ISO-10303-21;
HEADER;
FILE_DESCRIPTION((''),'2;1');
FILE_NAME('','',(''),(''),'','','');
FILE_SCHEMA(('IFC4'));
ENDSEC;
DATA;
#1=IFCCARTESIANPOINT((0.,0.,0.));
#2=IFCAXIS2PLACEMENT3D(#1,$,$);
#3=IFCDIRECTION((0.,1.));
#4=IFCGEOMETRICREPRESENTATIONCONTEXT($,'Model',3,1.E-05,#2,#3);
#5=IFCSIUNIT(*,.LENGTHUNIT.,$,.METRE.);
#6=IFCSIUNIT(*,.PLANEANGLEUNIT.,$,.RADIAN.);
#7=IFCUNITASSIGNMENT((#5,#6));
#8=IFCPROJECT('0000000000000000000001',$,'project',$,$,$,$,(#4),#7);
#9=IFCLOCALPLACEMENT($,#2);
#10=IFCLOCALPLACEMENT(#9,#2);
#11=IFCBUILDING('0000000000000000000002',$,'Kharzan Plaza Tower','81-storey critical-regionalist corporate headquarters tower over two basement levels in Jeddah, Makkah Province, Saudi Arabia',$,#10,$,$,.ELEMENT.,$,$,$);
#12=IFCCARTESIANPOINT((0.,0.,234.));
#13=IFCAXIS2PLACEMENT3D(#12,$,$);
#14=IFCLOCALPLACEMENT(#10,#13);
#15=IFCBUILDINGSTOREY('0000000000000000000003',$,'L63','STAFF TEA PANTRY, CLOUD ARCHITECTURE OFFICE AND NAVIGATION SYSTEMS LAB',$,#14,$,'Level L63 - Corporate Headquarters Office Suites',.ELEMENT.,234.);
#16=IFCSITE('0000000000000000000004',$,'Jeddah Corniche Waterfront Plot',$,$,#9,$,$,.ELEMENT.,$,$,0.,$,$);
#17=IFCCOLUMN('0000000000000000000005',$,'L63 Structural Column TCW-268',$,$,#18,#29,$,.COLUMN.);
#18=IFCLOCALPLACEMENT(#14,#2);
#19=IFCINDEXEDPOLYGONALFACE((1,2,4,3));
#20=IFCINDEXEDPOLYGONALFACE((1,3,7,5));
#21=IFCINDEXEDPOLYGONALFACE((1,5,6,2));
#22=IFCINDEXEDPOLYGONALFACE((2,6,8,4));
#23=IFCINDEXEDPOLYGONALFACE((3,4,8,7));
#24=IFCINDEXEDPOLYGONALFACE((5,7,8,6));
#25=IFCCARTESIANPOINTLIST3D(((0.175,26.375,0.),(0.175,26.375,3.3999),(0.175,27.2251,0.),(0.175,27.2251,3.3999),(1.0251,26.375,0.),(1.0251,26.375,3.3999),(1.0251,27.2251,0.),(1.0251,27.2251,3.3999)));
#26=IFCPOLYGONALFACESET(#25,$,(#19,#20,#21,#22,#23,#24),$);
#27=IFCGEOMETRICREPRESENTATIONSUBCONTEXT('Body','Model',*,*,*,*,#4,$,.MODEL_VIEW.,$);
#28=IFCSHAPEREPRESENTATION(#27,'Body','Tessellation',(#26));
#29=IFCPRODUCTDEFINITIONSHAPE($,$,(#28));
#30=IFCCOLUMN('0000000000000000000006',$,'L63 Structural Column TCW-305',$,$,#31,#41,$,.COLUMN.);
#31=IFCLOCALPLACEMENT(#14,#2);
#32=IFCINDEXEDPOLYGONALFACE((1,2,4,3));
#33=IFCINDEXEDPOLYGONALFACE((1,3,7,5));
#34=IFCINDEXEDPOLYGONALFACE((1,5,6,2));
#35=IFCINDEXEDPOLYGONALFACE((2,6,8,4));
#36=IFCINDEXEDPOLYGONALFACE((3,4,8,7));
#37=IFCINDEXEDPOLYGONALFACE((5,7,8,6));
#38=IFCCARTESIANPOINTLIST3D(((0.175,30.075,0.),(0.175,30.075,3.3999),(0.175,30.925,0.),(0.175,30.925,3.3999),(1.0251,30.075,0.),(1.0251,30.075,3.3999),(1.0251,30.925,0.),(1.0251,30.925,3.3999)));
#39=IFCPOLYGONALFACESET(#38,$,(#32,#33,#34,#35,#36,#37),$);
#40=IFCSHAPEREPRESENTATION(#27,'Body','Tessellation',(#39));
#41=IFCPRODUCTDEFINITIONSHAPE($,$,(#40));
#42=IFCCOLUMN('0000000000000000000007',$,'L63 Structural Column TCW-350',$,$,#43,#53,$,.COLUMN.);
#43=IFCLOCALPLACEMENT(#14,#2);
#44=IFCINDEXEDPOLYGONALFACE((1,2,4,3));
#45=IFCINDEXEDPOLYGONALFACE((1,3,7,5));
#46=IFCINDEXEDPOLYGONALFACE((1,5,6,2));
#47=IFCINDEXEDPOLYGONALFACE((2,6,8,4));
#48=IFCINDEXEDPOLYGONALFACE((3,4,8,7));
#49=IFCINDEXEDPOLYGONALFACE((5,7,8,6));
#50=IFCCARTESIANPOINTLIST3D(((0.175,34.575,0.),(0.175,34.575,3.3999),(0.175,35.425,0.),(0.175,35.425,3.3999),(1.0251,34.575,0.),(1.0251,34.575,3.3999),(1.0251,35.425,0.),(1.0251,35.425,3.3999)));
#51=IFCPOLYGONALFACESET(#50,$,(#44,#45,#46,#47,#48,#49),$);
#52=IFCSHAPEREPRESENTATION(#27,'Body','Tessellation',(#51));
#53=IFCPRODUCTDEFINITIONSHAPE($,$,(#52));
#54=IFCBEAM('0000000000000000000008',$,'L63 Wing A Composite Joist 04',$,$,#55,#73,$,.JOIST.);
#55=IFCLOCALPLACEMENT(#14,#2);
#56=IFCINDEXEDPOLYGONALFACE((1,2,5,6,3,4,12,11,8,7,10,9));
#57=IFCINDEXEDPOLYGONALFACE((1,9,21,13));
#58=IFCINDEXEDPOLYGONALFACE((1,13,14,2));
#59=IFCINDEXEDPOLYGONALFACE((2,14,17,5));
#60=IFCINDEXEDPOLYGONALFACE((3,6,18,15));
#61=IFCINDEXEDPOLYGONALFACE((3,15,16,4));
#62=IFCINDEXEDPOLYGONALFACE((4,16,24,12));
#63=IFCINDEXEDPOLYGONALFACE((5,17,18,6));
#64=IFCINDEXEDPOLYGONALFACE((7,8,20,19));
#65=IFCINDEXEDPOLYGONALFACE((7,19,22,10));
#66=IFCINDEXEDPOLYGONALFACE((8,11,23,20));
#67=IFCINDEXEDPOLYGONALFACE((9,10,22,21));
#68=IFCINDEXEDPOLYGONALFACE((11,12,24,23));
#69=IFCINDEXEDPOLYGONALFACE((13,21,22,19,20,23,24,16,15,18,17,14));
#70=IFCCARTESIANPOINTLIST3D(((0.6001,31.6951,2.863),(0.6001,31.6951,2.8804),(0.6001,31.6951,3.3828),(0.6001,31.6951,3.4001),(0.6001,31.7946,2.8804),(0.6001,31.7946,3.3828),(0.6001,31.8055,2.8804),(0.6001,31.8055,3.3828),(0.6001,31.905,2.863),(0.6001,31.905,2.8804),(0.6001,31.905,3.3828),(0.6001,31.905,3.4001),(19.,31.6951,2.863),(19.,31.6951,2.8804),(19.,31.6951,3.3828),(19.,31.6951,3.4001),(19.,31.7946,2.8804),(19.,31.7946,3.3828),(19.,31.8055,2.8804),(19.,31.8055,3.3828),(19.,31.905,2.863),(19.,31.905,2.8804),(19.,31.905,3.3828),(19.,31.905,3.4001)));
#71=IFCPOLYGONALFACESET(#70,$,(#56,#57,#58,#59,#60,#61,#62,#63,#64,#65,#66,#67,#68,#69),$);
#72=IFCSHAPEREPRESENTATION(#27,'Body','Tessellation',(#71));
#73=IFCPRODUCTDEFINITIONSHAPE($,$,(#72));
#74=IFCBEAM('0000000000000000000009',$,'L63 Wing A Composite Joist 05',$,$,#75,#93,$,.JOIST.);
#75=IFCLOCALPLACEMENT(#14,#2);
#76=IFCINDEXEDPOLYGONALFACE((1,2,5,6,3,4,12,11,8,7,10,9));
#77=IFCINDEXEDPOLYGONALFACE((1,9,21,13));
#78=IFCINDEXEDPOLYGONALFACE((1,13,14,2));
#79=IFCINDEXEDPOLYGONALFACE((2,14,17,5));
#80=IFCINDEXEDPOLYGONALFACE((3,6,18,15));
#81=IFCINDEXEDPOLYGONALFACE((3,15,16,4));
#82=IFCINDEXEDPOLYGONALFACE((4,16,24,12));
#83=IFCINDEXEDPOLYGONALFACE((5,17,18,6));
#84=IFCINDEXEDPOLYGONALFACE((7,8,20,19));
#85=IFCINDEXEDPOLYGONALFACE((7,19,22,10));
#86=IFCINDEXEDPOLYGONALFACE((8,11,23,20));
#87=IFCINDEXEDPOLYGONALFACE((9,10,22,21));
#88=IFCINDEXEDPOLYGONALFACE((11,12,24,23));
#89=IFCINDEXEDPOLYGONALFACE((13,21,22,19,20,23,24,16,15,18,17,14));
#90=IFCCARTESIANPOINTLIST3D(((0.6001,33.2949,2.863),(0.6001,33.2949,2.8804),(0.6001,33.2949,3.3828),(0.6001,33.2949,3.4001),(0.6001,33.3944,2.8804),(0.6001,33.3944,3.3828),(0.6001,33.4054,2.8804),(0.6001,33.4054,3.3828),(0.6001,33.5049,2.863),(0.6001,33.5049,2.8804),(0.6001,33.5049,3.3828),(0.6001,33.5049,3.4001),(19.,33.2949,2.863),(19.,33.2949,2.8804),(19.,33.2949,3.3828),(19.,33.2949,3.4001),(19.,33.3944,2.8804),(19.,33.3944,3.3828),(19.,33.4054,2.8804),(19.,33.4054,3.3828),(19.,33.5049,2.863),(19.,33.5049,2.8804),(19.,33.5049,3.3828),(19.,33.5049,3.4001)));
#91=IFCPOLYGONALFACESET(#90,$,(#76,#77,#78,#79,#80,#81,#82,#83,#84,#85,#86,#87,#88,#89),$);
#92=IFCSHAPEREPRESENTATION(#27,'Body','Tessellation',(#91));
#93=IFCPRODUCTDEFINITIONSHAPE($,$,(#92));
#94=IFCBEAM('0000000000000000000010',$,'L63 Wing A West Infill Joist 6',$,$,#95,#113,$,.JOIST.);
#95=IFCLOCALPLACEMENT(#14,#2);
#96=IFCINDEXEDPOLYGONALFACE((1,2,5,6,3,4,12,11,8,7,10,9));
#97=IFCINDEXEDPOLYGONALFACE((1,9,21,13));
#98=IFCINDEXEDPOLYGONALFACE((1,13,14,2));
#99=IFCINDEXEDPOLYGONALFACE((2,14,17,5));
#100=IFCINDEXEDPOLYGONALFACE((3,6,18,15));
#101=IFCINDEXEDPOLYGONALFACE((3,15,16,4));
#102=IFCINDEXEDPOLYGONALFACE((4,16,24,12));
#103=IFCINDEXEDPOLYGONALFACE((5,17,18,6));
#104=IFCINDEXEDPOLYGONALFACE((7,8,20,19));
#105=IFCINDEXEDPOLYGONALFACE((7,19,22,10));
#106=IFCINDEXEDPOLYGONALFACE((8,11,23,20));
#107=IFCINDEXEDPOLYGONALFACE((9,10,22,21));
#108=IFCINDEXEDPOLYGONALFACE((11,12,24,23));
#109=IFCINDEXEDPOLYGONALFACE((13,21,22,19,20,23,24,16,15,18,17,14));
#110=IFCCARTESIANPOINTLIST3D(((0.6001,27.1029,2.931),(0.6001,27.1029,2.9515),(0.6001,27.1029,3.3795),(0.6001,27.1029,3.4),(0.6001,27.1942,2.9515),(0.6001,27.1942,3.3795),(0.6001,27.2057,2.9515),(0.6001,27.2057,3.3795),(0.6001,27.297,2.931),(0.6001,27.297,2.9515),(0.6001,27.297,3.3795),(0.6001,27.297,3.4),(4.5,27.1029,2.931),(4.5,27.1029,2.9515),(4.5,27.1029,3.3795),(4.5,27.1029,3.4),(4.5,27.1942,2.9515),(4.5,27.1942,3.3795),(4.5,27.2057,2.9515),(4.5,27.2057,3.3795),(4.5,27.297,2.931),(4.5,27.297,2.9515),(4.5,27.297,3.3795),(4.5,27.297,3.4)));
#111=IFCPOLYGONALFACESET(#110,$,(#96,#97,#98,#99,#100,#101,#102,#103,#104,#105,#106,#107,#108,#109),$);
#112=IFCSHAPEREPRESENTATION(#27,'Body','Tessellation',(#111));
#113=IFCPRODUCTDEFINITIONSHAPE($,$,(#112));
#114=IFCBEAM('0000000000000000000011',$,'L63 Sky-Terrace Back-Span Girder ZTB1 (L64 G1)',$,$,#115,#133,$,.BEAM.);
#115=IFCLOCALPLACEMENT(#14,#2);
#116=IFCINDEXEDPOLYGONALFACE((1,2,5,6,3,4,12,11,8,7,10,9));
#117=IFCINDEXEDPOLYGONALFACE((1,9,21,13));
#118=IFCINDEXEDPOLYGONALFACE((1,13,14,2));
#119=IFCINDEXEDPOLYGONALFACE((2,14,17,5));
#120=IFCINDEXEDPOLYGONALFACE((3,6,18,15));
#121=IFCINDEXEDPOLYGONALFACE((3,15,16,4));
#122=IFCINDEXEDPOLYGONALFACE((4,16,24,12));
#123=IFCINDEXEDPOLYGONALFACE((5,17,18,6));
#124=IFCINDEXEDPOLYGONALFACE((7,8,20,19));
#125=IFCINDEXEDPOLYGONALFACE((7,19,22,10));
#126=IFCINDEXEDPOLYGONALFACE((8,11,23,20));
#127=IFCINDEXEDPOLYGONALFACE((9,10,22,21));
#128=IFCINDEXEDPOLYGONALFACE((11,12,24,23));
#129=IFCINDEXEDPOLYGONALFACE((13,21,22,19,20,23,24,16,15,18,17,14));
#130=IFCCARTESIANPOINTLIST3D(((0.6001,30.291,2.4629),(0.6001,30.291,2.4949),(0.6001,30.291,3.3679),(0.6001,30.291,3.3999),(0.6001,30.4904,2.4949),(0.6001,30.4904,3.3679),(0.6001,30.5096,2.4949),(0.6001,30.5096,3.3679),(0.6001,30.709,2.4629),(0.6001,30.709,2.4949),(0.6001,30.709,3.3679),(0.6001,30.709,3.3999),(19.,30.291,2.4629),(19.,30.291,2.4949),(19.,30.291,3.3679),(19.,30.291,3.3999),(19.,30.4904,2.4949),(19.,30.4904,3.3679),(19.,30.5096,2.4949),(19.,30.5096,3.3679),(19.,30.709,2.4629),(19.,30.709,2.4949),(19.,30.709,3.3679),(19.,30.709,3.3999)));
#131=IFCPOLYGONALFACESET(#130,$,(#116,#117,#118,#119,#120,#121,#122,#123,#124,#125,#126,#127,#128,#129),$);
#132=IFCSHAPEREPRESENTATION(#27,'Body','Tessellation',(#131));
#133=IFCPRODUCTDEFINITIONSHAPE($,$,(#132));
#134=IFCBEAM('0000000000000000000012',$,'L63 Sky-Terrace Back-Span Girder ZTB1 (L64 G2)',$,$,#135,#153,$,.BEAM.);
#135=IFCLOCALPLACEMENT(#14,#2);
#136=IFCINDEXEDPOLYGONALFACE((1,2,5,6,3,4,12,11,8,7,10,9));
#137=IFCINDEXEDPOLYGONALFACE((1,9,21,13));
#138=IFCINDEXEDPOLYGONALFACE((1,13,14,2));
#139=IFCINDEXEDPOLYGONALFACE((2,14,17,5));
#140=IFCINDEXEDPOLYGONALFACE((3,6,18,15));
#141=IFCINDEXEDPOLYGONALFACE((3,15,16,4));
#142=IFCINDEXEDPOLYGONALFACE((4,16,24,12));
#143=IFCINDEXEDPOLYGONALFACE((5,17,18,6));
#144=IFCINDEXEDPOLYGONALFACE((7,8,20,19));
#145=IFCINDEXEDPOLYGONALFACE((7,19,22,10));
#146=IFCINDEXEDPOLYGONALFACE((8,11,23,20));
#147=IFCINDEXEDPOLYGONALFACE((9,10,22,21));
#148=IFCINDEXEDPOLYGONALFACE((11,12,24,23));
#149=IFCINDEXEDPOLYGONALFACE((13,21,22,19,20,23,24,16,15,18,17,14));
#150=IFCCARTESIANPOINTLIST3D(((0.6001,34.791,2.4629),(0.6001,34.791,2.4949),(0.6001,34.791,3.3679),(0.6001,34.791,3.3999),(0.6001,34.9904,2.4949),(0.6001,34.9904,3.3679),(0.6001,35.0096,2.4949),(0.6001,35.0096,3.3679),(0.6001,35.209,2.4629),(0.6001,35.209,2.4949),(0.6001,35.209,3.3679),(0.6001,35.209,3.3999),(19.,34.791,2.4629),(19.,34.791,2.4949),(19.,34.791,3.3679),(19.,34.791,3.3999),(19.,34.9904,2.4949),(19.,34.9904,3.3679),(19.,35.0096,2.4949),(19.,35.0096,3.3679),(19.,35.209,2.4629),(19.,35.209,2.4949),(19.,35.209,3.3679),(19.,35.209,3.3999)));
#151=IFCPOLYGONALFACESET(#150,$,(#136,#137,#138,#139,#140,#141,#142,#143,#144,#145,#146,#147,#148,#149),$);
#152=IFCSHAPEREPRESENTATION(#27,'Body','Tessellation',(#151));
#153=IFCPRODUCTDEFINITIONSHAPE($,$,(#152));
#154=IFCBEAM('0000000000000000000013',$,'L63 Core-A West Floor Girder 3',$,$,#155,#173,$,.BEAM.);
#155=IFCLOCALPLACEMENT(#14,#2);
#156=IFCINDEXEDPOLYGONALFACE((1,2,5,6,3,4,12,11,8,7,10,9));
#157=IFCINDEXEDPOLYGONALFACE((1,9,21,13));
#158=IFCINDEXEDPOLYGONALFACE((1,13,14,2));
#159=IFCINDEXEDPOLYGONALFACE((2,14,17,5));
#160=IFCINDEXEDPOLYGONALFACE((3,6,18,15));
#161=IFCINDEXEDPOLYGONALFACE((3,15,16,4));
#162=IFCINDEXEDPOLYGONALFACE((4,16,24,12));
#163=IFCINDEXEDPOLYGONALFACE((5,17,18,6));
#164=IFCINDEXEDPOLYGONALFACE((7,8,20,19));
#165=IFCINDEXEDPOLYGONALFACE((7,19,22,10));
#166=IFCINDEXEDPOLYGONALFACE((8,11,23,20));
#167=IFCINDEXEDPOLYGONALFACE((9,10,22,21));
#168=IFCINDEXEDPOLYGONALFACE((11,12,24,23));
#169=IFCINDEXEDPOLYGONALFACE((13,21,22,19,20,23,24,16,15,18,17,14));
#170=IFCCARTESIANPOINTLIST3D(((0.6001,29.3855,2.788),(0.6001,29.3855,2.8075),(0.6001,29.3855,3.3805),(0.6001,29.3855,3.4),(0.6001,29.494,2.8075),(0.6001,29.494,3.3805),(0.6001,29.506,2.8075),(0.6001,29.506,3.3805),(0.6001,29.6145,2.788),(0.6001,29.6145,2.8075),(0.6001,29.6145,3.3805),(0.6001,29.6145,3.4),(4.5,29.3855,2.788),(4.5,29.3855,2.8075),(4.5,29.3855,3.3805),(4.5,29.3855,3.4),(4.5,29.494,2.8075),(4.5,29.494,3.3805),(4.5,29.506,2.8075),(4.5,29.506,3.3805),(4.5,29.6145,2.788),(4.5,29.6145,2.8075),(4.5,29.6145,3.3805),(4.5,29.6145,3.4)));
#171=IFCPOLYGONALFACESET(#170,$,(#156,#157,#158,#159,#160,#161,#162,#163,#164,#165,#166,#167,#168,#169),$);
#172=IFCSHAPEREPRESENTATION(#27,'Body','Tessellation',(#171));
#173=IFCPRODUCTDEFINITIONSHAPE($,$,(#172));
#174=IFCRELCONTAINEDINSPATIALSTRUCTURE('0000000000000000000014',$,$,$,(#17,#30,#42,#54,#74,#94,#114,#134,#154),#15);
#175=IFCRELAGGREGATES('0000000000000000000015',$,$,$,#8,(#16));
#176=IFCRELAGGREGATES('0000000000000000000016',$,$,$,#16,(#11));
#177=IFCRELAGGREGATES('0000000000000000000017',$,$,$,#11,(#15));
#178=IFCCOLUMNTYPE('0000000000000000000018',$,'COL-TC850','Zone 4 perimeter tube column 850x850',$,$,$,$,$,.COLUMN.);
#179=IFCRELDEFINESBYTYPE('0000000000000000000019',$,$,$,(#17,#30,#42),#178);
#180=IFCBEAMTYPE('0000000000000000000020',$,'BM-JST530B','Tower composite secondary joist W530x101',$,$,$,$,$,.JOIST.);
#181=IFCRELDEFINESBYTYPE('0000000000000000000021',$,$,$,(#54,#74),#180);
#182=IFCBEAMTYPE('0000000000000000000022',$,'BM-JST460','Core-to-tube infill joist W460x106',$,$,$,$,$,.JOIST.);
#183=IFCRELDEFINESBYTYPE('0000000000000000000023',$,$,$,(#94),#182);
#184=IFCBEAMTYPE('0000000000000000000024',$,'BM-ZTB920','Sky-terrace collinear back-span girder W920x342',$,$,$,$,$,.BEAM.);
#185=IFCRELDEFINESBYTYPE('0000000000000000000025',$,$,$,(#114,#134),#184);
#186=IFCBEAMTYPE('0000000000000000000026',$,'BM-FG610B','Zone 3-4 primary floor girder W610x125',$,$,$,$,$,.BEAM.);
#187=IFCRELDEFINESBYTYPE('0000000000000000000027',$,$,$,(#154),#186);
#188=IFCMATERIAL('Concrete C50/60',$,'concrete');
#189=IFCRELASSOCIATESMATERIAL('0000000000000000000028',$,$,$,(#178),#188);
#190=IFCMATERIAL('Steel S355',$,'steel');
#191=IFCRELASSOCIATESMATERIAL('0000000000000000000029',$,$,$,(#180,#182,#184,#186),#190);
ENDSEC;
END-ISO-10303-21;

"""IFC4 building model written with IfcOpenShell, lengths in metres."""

from ifc_helpers import new_model, si_unit, direction, frame, origin, origin_2d, place, context, subcontext, project, spatial, rectangle, i_section, extrude, source, transform, mapped, material, material_profile, profile_set, type_object, element, save


model = new_model("IFC4")

# Units and contexts
model_context = context("Model", 3, precision=1e-05, world=origin(), true_north=direction((0.0, 1.0)))
body_context = subcontext(model_context, "Body", "Model", "MODEL_VIEW")
ifc_project = project(units=[si_unit("LENGTHUNIT", "METRE"), si_unit("PLANEANGLEUNIT", "RADIAN")], contexts=[model_context])

# Site, building, storey
site_placement = place(None, origin())
site = spatial("IfcSite", under=ifc_project, at=site_placement, Name="Jeddah Corniche Waterfront Plot", CompositionType="ELEMENT", RefElevation=0.0)
building_placement = place(site_placement, origin())
building = spatial("IfcBuilding", under=site, at=building_placement, Name="Kharzan Plaza Tower", Description="81-storey critical-regionalist corporate headquarters tower over two basement levels in Jeddah, Makkah Province, Saudi Arabia", CompositionType="ELEMENT")
storey_placement = place(building_placement, frame((0.0, 0.0, 234.0)))
storey = spatial("IfcBuildingStorey", under=building, at=storey_placement, Name="L63", Description="STAFF TEA PANTRY, CLOUD ARCHITECTURE OFFICE AND NAVIGATION SYSTEMS LAB", LongName="Level L63 - Corporate Headquarters Office Suites", CompositionType="ELEMENT", Elevation=234.0)

# Columns
ifc_material_1 = material(Name="Concrete C50/60", Category="concrete")
ifc_material_profile_1 = material_profile(ifc_material_1, rectangle(XDim=0.8501, YDim=0.8501, at=origin_2d()), Name="RC-TC850x850")
ifc_profile_set_1 = profile_set([ifc_material_profile_1], Name="Concrete C50/60")
column_type = type_object("IfcColumnType", Name="COL-TC850", Description="Zone 4 perimeter tube column 850x850", PredefinedType="COLUMN", material=ifc_profile_set_1)
shared_shape_1 = source(origin(), body_context, "Body", "SweptSolid", [
    extrude(rectangle(XDim=0.8501, YDim=0.8501, at=origin_2d()), origin(), (0.0, 0.0, 1.0), 3.3999),
])
for number, where, z_axis, x_axis, name in (
    (1, (0.6001, 26.8, 0.0), (0.0, 0.0, 1.0), (1.0, 0.0, 0.0), "L63 Structural Column TCW-268"),
    (2, (0.6001, 30.5, 0.0), (0.0, 0.0, 1.0), (1.0, 0.0, 0.0), "L63 Structural Column TCW-305"),
    (3, (0.6001, 35.0, 0.0), (0.0, 0.0, 1.0), (1.0, 0.0, 0.0), "L63 Structural Column TCW-350"),
):
    element("IfcColumn", number, at=place(storey_placement, frame(where, z_axis=z_axis, x_axis=x_axis)), inside=storey, type_object=column_type, Name=name, PredefinedType="COLUMN", context=body_context, shape_type="MappedRepresentation", body=[
        mapped(shared_shape_1, transform((0.0, 0.0, 0.0), x_axis=(1.0, 0.0, 0.0), y_axis=(0.0, 1.0, 0.0), z_axis=(0.0, 0.0, 1.0))),
    ])

# Beams
ifc_material_2 = material(Name="Steel S355", Category="steel")
ifc_material_profile_2 = material_profile(ifc_material_2, i_section(OverallWidth=0.21, OverallDepth=0.5371, WebThickness=0.011, FlangeThickness=0.0173, at=origin_2d()), Name="W530x101")
ifc_profile_set_2 = profile_set([ifc_material_profile_2], Name="Steel S355")
beam_type_1 = type_object("IfcBeamType", Name="BM-JST530B", Description="Tower composite secondary joist W530x101", PredefinedType="JOIST", material=ifc_profile_set_2)
shared_shape_2 = source(origin(), body_context, "Body", "SweptSolid", [
    extrude(i_section(OverallWidth=0.21, OverallDepth=0.5371, WebThickness=0.011, FlangeThickness=0.0173, at=origin_2d()), origin(), (0.0, 0.0, 1.0), 18.3999),
])
for number, where, z_axis, x_axis, name in (
    (4, (0.6001, 31.8, 3.1316), (1.0, 0.0, 0.0), (0.0, 1.0, 0.0), "L63 Wing A Composite Joist 04"),
    (5, (0.6001, 33.3999, 3.1316), (1.0, 0.0, 0.0), (0.0, 1.0, 0.0), "L63 Wing A Composite Joist 05"),
):
    element("IfcBeam", number, at=place(storey_placement, frame(where, z_axis=z_axis, x_axis=x_axis)), inside=storey, type_object=beam_type_1, Name=name, PredefinedType="JOIST", context=body_context, shape_type="MappedRepresentation", body=[
        mapped(shared_shape_2, transform((0.0, 0.0, 0.0), x_axis=(1.0, 0.0, 0.0), y_axis=(0.0, 1.0, 0.0), z_axis=(0.0, 0.0, 1.0))),
    ])
ifc_material_profile_3 = material_profile(ifc_material_2, i_section(OverallWidth=0.1941, OverallDepth=0.469, WebThickness=0.0115, FlangeThickness=0.0205, at=origin_2d()), Name="W460x106")
ifc_profile_set_3 = profile_set([ifc_material_profile_3], Name="Steel S355")
beam_type_2 = type_object("IfcBeamType", Name="BM-JST460", Description="Core-to-tube infill joist W460x106", PredefinedType="JOIST", material=ifc_profile_set_3)
shared_shape_3 = source(origin(), body_context, "Body", "SweptSolid", [
    extrude(i_section(OverallWidth=0.1941, OverallDepth=0.469, WebThickness=0.0115, FlangeThickness=0.0205, at=origin_2d()), origin(), (0.0, 0.0, 1.0), 3.8999),
])
beam_1_placement = place(storey_placement, frame((0.6001, 27.2, 3.1655), z_axis=(1.0, 0.0, 0.0), x_axis=(0.0, 1.0, 0.0)))
element("IfcBeam", 6, at=beam_1_placement, inside=storey, type_object=beam_type_2, Name="L63 Wing A West Infill Joist 6", PredefinedType="JOIST", context=body_context, shape_type="MappedRepresentation", body=[
    mapped(shared_shape_3, transform((0.0, 0.0, 0.0), x_axis=(1.0, 0.0, 0.0), y_axis=(0.0, 1.0, 0.0), z_axis=(0.0, 0.0, 1.0))),
])
ifc_material_profile_4 = material_profile(ifc_material_2, i_section(OverallWidth=0.418, OverallDepth=0.937, WebThickness=0.0193, FlangeThickness=0.032, at=origin_2d()), Name="W920x342")
ifc_profile_set_4 = profile_set([ifc_material_profile_4], Name="Steel S355")
beam_type_3 = type_object("IfcBeamType", Name="BM-ZTB920", Description="Sky-terrace collinear back-span girder W920x342", PredefinedType="BEAM", material=ifc_profile_set_4)
shared_shape_4 = source(origin(), body_context, "Body", "SweptSolid", [
    extrude(i_section(OverallWidth=0.418, OverallDepth=0.937, WebThickness=0.0193, FlangeThickness=0.032, at=origin_2d()), origin(), (0.0, 0.0, 1.0), 18.3999),
])
for number, where, z_axis, x_axis, name in (
    (7, (0.6001, 30.5, 2.9314), (1.0, 0.0, 0.0), (0.0, 1.0, 0.0), "L63 Sky-Terrace Back-Span Girder ZTB1 (L64 G1)"),
    (8, (0.6001, 35.0, 2.9314), (1.0, 0.0, 0.0), (0.0, 1.0, 0.0), "L63 Sky-Terrace Back-Span Girder ZTB1 (L64 G2)"),
):
    element("IfcBeam", number, at=place(storey_placement, frame(where, z_axis=z_axis, x_axis=x_axis)), inside=storey, type_object=beam_type_3, Name=name, PredefinedType="BEAM", context=body_context, shape_type="MappedRepresentation", body=[
        mapped(shared_shape_4, transform((0.0, 0.0, 0.0), x_axis=(1.0, 0.0, 0.0), y_axis=(0.0, 1.0, 0.0), z_axis=(0.0, 0.0, 1.0))),
    ])
ifc_material_profile_5 = material_profile(ifc_material_2, i_section(OverallWidth=0.229, OverallDepth=0.6121, WebThickness=0.012, FlangeThickness=0.0195, at=origin_2d()), Name="W610x125")
ifc_profile_set_5 = profile_set([ifc_material_profile_5], Name="Steel S355")
beam_type_4 = type_object("IfcBeamType", Name="BM-FG610B", Description="Zone 3-4 primary floor girder W610x125", PredefinedType="BEAM", material=ifc_profile_set_5)
shared_shape_5 = source(origin(), body_context, "Body", "SweptSolid", [
    extrude(i_section(OverallWidth=0.229, OverallDepth=0.6121, WebThickness=0.012, FlangeThickness=0.0195, at=origin_2d()), origin(), (0.0, 0.0, 1.0), 3.8999),
])
beam_2_placement = place(storey_placement, frame((0.6001, 29.5, 3.094), z_axis=(1.0, 0.0, 0.0), x_axis=(0.0, 1.0, 0.0)))
element("IfcBeam", 9, at=beam_2_placement, inside=storey, type_object=beam_type_4, Name="L63 Core-A West Floor Girder 3", PredefinedType="BEAM", context=body_context, shape_type="MappedRepresentation", body=[
    mapped(shared_shape_5, transform((0.0, 0.0, 0.0), x_axis=(1.0, 0.0, 0.0), y_axis=(0.0, 1.0, 0.0), z_axis=(0.0, 0.0, 1.0))),
])

save(model, "model.ifc")
